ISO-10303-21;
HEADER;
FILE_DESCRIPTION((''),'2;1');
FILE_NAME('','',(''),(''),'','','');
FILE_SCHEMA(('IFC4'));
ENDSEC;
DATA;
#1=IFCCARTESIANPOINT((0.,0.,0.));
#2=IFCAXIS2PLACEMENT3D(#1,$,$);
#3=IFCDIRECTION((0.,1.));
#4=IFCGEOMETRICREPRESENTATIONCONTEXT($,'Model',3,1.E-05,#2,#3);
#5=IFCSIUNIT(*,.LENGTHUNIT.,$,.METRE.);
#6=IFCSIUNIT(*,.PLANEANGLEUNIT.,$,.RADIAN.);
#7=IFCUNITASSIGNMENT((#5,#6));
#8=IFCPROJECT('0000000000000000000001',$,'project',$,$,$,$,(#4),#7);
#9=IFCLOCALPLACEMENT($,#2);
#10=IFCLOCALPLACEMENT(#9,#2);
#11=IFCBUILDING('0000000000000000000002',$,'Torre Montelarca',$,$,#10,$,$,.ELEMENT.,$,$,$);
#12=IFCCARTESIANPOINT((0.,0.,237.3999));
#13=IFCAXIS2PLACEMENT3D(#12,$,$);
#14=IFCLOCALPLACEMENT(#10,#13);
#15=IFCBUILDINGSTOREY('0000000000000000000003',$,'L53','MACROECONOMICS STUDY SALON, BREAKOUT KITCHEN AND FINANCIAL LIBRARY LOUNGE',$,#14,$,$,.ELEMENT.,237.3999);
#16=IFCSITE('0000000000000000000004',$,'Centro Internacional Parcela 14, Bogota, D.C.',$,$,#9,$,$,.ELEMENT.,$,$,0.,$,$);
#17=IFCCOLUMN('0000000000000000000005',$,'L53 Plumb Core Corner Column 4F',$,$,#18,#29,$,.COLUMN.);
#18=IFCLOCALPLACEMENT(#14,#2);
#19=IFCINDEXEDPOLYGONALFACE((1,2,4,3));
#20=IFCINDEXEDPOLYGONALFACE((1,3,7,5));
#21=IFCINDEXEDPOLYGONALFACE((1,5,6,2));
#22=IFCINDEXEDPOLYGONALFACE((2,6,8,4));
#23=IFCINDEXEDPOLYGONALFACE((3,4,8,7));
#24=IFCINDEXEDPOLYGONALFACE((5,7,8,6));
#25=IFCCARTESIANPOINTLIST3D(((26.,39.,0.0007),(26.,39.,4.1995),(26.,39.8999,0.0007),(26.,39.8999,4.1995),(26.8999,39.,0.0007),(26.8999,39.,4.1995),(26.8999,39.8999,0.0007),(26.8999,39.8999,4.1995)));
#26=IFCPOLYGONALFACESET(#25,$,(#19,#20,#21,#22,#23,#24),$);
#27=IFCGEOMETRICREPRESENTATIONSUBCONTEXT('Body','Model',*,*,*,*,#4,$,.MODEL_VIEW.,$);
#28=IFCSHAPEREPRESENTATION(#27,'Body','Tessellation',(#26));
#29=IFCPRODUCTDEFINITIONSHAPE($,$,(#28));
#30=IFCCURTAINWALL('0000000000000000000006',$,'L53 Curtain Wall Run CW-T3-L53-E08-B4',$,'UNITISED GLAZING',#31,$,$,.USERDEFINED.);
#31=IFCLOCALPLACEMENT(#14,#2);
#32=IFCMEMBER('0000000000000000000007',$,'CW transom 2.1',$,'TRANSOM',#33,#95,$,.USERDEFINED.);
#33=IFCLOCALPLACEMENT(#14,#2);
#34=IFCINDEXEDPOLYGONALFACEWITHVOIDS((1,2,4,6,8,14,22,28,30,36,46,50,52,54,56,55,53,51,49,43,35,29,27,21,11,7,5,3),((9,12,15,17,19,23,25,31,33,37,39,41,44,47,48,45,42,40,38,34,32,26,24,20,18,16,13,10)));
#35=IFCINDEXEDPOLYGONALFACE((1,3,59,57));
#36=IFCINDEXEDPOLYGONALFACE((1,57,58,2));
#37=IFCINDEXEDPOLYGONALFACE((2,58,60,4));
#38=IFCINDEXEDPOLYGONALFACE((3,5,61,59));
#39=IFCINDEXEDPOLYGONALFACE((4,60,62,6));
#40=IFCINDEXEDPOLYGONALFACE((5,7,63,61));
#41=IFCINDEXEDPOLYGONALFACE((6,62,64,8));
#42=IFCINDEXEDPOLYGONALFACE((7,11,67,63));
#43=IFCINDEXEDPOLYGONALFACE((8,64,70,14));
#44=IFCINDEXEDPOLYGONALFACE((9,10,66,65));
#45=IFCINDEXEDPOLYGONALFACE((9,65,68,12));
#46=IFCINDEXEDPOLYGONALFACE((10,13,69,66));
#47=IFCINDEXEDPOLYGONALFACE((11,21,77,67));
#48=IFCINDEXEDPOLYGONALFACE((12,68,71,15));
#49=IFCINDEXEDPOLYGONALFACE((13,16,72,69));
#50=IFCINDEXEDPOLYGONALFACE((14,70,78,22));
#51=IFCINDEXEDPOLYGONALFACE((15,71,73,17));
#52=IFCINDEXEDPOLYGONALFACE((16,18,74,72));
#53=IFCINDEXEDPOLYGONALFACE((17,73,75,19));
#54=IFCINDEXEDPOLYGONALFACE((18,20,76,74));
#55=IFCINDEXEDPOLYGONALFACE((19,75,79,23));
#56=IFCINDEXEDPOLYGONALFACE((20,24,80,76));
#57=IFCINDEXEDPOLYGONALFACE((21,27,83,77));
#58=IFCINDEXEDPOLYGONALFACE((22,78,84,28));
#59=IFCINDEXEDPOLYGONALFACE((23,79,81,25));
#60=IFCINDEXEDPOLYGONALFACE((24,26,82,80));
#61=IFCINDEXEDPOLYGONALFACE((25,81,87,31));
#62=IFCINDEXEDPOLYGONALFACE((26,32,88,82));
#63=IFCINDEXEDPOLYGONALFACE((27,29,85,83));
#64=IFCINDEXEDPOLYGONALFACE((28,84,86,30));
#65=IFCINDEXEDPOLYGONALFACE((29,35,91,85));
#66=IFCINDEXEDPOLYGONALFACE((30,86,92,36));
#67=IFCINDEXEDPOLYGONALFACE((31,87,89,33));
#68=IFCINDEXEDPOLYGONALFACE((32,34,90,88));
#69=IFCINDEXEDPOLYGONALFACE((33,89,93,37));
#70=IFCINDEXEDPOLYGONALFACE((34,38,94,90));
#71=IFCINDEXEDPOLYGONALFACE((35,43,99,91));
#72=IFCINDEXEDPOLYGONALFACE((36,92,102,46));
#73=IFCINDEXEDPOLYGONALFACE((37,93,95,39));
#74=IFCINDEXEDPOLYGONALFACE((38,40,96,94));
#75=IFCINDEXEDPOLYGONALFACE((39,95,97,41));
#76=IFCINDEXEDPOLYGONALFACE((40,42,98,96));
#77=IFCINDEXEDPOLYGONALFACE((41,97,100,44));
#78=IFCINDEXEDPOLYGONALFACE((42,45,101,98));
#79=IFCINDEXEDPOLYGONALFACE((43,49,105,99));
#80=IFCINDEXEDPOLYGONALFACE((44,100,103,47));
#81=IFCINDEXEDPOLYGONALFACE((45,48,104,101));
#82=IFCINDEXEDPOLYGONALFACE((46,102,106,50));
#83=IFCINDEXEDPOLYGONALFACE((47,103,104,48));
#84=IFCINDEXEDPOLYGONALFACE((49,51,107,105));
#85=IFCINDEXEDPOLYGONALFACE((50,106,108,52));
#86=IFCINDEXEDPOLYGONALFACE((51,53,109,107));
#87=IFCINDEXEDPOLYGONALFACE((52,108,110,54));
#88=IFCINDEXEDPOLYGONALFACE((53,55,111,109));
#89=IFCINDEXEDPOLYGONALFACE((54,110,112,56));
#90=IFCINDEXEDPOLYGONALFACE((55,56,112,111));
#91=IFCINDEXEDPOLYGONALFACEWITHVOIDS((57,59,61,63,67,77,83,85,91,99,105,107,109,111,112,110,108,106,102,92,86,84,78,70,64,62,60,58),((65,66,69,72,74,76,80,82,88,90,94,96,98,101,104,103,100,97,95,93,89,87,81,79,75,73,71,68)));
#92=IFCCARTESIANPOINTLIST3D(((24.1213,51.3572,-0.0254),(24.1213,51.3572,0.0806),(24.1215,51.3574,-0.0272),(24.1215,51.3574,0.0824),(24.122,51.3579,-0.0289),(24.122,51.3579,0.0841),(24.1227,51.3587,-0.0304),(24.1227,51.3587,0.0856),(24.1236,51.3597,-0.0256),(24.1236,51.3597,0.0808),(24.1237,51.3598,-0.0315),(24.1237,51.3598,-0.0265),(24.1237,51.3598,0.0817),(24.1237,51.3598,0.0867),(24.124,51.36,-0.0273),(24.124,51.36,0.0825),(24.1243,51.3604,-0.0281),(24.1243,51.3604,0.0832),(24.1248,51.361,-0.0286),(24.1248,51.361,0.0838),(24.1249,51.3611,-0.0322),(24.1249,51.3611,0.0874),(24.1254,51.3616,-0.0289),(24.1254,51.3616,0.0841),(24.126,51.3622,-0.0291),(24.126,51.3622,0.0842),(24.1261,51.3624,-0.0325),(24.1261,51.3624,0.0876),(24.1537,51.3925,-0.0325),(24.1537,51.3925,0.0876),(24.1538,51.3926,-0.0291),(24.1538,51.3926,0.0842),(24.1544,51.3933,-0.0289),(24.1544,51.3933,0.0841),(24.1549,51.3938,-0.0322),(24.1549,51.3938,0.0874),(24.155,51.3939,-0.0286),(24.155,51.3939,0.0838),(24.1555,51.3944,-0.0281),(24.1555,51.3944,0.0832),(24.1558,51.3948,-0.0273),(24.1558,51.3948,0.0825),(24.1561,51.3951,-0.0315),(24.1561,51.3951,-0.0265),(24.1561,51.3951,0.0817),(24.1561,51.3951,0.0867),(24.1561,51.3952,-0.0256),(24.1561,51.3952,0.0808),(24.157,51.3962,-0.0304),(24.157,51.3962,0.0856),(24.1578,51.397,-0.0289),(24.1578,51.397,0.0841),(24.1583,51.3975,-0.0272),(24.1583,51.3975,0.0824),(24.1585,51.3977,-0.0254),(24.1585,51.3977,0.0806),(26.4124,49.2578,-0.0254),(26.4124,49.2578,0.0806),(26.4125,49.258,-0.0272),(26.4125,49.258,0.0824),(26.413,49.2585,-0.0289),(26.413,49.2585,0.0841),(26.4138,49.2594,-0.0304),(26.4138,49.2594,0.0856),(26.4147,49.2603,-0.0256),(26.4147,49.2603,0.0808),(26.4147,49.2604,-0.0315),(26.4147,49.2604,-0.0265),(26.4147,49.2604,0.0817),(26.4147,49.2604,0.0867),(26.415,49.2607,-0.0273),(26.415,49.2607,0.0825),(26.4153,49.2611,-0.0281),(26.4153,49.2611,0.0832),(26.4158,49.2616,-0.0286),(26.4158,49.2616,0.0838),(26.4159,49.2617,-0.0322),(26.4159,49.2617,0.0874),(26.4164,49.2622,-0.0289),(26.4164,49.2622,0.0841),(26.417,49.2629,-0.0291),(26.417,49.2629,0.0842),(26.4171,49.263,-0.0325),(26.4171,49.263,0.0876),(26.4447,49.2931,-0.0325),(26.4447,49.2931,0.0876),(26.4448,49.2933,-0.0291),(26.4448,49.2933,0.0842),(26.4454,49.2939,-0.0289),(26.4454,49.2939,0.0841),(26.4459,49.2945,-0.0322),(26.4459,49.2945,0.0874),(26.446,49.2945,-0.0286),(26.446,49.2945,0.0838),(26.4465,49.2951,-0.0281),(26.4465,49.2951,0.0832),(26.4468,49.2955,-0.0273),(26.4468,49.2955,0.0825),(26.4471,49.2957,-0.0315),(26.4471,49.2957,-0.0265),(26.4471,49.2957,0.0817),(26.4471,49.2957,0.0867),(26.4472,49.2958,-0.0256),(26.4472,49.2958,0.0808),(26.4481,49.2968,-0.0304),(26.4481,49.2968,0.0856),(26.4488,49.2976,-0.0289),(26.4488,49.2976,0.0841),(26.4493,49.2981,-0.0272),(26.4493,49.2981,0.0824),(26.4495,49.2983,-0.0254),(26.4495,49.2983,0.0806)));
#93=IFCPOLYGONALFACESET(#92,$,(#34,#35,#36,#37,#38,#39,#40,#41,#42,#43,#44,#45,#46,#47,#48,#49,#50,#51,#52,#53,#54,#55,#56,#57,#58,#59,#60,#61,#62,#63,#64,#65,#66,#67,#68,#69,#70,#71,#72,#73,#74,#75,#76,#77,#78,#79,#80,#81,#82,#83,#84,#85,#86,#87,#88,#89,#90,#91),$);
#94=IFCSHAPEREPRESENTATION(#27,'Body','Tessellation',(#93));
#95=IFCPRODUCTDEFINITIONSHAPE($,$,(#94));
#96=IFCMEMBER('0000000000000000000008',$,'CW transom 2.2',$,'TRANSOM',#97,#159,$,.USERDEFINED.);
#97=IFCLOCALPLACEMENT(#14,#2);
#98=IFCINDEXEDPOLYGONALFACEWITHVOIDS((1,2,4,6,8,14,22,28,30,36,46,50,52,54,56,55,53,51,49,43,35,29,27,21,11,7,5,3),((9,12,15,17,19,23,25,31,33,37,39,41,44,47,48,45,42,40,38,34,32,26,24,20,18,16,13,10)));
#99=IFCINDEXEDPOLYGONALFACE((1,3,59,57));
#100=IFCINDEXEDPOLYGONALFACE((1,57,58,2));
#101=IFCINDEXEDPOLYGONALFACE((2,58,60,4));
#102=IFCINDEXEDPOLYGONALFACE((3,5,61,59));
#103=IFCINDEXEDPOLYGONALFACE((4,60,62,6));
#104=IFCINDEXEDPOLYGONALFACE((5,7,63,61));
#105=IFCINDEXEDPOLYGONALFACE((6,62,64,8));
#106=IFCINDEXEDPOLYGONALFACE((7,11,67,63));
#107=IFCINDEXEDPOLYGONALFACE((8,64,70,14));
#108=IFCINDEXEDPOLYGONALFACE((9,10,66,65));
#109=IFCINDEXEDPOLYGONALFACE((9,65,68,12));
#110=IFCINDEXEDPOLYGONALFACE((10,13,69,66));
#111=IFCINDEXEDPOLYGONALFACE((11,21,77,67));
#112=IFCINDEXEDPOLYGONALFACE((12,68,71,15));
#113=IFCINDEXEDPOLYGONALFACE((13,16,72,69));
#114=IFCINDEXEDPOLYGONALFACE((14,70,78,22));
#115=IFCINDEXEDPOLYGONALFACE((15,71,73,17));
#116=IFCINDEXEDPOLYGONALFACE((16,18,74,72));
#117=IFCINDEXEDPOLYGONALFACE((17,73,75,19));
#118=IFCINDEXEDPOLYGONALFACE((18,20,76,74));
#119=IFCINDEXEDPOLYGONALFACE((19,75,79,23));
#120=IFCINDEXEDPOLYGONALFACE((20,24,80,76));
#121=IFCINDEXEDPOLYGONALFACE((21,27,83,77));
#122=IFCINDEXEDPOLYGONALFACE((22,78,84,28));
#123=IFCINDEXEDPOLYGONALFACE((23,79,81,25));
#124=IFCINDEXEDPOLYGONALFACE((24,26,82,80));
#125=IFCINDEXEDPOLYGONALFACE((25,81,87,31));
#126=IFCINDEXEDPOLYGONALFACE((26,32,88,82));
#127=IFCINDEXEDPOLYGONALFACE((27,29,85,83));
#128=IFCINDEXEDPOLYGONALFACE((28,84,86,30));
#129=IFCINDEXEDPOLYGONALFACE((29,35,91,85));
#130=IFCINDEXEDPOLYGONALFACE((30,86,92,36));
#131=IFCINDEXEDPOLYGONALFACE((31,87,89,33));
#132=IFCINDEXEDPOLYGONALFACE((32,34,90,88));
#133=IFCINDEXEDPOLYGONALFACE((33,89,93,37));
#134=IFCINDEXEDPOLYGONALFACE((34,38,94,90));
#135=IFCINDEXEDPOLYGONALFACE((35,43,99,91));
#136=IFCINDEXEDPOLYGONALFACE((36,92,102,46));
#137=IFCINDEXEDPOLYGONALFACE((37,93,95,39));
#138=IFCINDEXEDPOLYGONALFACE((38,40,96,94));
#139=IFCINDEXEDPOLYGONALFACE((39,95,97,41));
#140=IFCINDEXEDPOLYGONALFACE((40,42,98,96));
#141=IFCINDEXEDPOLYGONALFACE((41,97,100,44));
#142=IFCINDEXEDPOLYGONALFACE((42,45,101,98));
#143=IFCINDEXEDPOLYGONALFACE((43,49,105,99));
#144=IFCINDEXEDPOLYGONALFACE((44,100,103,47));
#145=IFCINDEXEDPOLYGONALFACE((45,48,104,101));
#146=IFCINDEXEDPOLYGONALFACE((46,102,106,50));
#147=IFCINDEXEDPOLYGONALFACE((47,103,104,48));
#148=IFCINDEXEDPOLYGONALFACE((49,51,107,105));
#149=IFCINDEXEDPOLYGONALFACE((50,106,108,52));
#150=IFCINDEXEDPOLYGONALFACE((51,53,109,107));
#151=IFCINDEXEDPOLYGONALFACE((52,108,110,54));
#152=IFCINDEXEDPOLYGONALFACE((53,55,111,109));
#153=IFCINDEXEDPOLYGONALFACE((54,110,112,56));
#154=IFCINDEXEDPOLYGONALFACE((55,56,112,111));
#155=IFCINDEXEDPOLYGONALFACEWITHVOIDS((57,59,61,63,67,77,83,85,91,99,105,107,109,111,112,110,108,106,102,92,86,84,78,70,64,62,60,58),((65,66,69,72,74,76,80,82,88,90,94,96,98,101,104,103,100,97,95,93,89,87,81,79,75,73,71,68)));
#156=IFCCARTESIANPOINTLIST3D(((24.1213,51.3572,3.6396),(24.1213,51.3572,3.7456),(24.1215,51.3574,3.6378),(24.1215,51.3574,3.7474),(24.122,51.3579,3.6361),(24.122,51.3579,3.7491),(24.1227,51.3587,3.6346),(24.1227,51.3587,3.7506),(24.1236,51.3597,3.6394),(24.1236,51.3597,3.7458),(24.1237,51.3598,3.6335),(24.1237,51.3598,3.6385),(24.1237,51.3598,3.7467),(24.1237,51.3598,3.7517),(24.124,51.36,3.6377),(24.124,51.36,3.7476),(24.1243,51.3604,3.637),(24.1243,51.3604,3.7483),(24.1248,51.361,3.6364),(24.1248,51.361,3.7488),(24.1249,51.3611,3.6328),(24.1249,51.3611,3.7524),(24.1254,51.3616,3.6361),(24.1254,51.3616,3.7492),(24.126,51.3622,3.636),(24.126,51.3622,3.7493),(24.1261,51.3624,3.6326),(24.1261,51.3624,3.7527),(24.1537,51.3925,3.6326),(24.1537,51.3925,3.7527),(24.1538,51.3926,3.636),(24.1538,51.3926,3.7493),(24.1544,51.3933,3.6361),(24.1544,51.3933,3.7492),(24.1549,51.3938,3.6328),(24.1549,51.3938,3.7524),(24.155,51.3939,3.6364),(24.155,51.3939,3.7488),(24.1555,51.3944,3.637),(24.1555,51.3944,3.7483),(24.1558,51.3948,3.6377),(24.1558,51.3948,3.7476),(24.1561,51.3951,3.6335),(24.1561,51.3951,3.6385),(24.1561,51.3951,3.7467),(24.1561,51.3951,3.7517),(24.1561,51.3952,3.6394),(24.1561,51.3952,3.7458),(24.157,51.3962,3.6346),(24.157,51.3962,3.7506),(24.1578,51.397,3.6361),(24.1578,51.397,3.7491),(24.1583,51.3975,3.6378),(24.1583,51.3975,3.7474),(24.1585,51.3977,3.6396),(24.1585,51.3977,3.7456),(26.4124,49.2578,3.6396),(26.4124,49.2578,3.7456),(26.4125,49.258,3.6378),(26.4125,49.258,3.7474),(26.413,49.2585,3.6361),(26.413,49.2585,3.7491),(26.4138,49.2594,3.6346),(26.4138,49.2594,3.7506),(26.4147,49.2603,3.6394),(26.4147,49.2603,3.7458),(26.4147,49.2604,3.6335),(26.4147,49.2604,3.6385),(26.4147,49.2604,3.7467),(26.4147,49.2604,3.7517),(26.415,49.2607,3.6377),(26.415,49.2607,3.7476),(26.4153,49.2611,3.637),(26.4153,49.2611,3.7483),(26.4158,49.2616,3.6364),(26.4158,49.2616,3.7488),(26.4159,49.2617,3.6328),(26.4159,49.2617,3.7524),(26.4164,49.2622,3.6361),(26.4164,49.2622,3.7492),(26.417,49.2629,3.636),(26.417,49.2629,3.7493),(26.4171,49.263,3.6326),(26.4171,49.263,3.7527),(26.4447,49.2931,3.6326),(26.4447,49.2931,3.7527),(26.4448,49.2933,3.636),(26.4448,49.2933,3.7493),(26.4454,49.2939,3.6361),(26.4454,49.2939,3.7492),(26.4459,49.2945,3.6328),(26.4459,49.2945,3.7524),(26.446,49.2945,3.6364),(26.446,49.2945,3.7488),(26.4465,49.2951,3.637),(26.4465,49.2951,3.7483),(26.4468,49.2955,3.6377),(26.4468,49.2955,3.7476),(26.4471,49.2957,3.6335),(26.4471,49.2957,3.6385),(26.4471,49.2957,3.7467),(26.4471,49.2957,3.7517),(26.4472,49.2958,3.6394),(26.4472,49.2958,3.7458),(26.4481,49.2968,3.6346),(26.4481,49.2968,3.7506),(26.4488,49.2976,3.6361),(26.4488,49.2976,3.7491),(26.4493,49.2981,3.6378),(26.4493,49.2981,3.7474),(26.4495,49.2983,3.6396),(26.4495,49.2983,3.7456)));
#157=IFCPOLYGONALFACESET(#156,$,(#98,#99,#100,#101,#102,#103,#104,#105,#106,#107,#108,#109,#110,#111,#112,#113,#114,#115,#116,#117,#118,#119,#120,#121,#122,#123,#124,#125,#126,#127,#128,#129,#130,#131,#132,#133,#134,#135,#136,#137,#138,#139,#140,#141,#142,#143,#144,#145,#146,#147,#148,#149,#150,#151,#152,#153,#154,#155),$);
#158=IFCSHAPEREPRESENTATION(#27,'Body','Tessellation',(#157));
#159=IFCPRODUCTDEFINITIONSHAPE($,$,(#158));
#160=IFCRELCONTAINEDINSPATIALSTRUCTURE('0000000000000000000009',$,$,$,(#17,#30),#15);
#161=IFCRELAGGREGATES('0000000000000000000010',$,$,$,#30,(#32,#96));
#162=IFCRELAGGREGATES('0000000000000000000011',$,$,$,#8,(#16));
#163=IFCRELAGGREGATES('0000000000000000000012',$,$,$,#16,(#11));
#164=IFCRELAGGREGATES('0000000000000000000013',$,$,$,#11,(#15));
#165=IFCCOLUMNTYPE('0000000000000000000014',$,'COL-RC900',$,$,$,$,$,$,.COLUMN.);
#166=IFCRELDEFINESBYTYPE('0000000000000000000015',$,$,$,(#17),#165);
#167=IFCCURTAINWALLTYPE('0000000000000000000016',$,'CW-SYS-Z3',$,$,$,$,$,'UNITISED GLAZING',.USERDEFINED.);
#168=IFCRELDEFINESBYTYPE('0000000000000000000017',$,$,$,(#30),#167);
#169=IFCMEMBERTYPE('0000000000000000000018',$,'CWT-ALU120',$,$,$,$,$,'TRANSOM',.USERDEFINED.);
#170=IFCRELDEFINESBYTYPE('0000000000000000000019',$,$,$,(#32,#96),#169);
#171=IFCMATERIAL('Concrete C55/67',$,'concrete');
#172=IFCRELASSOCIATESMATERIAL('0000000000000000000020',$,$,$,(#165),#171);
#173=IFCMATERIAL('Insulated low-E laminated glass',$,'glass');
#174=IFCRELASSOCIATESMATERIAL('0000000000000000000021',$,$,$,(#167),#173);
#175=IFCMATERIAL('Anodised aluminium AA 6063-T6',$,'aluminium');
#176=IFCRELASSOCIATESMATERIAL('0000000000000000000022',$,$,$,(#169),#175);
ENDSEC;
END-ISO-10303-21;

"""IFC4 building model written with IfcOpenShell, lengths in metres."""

from ifc_helpers import new_model, si_unit, direction, frame, origin, origin_2d, place, context, subcontext, project, spatial, rectangle, hollow_rectangle, extrude, source, transform, mapped, material, material_profile, profile_set, type_object, element, aggregate, save


model = new_model("IFC4")

# Units and contexts
model_context = context("Model", 3, precision=1e-05, world=origin(), true_north=direction((0.0, 1.0)))
body_context = subcontext(model_context, "Body", "Model", "MODEL_VIEW")
ifc_project = project(units=[si_unit("LENGTHUNIT", "METRE"), si_unit("PLANEANGLEUNIT", "RADIAN")], contexts=[model_context])

# Site, building, storey
site_placement = place(None, origin())
site = spatial("IfcSite", under=ifc_project, at=site_placement, Name="Centro Internacional Parcela 14, Bogota, D.C.", CompositionType="ELEMENT", RefElevation=0.0)
building_placement = place(site_placement, origin())
building = spatial("IfcBuilding", under=site, at=building_placement, Name="Torre Montelarca", CompositionType="ELEMENT")
storey_placement = place(building_placement, frame((0.0, 0.0, 237.3999)))
storey = spatial("IfcBuildingStorey", under=building, at=storey_placement, Name="L53", Description="MACROECONOMICS STUDY SALON, BREAKOUT KITCHEN AND FINANCIAL LIBRARY LOUNGE", CompositionType="ELEMENT", Elevation=237.3999)

# Column
ifc_material_1 = material(Name="Concrete C55/67", Category="concrete")
ifc_material_profile_1 = material_profile(ifc_material_1, rectangle(XDim=0.8999, YDim=0.8999, at=origin_2d()), Name="RC900X900", Category="concrete")
ifc_profile_set_1 = profile_set([ifc_material_profile_1], Name="Concrete C55/67")
column_type = type_object("IfcColumnType", Name="COL-RC900", PredefinedType="COLUMN", material=ifc_profile_set_1)
shared_shape_1 = source(origin(), body_context, "Body", "SweptSolid", [
    extrude(rectangle(XDim=0.8999, YDim=0.8999, at=origin_2d()), origin(), (0.0, 0.0, 1.0), 4.1987),
])
column_placement = place(storey_placement, frame((26.45, 39.45, 0.0007), z_axis=(0.0, 0.0, 1.0), x_axis=(1.0, 0.0, 0.0)))
element("IfcColumn", 1, at=column_placement, inside=storey, type_object=column_type, Name="L53 Plumb Core Corner Column 4F", PredefinedType="COLUMN", context=body_context, shape_type="MappedRepresentation", body=[
    mapped(shared_shape_1, transform((0.0, 0.0, 0.0), scale=1.0)),
])

# Curtain wall, members
ifc_material_2 = material(Name="Insulated low-E laminated glass", Category="glass")
curtain_wall_type = type_object("IfcCurtainWallType", Name="CW-SYS-Z3", ElementType="UNITISED GLAZING", PredefinedType="USERDEFINED", material=ifc_material_2)
curtain_wall_placement = place(storey_placement, origin())
curtain_wall = element("IfcCurtainWall", 2, at=curtain_wall_placement, inside=storey, type_object=curtain_wall_type, Name="L53 Curtain Wall Run CW-T3-L53-E08-B4", ObjectType="UNITISED GLAZING", PredefinedType="USERDEFINED")
ifc_material_3 = material(Name="Anodised aluminium AA 6063-T6", Category="aluminium")
ifc_material_profile_2 = material_profile(ifc_material_3, hollow_rectangle(XDim=0.0549, YDim=0.1201, WallThickness=0.0034, InnerFilletRadius=0.0034, OuterFilletRadius=0.0071, at=origin_2d()), Name="ALU55X120X3.5", Category="aluminium")
ifc_profile_set_2 = profile_set([ifc_material_profile_2], Name="Anodised aluminium AA 6063-T6")
member_type_1 = type_object("IfcMemberType", Name="CWT-ALU120", ElementType="TRANSOM", PredefinedType="USERDEFINED", material=ifc_profile_set_2)
shared_shape_2 = source(origin(), body_context, "Body", "SweptSolid", [
    extrude(hollow_rectangle(XDim=0.0549, YDim=0.1201, WallThickness=0.0034, InnerFilletRadius=0.0034, OuterFilletRadius=0.0071, at=origin_2d()), origin(), (0.0, 0.0, 1.0), 3.1074),
])
member_1_placement = place(storey_placement, frame((26.4309, 49.2781, 0.0276), z_axis=(-0.737272, 0.675597, 0.0), x_axis=(-0.675597, -0.737272, 0.0)))
member_1 = element("IfcMember", 3, at=member_1_placement, type_object=member_type_1, Name="CW transom 2.1", ObjectType="TRANSOM", PredefinedType="USERDEFINED", context=body_context, shape_type="MappedRepresentation", body=[
    mapped(shared_shape_2, transform((0.0, 0.0, 0.0), scale=1.0)),
])
member_2_placement = place(storey_placement, frame((26.4309, 49.2781, 3.6926), z_axis=(-0.737272, 0.675597, 0.0), x_axis=(-0.675597, -0.737272, 0.0)))
member_2 = element("IfcMember", 4, at=member_2_placement, type_object=member_type_1, Name="CW transom 2.2", ObjectType="TRANSOM", PredefinedType="USERDEFINED", context=body_context, shape_type="MappedRepresentation", body=[
    mapped(shared_shape_2, transform((0.0, 0.0, 0.0), scale=1.0)),
])
aggregate(curtain_wall, [member_1, member_2])

save(model, "model.ifc")
